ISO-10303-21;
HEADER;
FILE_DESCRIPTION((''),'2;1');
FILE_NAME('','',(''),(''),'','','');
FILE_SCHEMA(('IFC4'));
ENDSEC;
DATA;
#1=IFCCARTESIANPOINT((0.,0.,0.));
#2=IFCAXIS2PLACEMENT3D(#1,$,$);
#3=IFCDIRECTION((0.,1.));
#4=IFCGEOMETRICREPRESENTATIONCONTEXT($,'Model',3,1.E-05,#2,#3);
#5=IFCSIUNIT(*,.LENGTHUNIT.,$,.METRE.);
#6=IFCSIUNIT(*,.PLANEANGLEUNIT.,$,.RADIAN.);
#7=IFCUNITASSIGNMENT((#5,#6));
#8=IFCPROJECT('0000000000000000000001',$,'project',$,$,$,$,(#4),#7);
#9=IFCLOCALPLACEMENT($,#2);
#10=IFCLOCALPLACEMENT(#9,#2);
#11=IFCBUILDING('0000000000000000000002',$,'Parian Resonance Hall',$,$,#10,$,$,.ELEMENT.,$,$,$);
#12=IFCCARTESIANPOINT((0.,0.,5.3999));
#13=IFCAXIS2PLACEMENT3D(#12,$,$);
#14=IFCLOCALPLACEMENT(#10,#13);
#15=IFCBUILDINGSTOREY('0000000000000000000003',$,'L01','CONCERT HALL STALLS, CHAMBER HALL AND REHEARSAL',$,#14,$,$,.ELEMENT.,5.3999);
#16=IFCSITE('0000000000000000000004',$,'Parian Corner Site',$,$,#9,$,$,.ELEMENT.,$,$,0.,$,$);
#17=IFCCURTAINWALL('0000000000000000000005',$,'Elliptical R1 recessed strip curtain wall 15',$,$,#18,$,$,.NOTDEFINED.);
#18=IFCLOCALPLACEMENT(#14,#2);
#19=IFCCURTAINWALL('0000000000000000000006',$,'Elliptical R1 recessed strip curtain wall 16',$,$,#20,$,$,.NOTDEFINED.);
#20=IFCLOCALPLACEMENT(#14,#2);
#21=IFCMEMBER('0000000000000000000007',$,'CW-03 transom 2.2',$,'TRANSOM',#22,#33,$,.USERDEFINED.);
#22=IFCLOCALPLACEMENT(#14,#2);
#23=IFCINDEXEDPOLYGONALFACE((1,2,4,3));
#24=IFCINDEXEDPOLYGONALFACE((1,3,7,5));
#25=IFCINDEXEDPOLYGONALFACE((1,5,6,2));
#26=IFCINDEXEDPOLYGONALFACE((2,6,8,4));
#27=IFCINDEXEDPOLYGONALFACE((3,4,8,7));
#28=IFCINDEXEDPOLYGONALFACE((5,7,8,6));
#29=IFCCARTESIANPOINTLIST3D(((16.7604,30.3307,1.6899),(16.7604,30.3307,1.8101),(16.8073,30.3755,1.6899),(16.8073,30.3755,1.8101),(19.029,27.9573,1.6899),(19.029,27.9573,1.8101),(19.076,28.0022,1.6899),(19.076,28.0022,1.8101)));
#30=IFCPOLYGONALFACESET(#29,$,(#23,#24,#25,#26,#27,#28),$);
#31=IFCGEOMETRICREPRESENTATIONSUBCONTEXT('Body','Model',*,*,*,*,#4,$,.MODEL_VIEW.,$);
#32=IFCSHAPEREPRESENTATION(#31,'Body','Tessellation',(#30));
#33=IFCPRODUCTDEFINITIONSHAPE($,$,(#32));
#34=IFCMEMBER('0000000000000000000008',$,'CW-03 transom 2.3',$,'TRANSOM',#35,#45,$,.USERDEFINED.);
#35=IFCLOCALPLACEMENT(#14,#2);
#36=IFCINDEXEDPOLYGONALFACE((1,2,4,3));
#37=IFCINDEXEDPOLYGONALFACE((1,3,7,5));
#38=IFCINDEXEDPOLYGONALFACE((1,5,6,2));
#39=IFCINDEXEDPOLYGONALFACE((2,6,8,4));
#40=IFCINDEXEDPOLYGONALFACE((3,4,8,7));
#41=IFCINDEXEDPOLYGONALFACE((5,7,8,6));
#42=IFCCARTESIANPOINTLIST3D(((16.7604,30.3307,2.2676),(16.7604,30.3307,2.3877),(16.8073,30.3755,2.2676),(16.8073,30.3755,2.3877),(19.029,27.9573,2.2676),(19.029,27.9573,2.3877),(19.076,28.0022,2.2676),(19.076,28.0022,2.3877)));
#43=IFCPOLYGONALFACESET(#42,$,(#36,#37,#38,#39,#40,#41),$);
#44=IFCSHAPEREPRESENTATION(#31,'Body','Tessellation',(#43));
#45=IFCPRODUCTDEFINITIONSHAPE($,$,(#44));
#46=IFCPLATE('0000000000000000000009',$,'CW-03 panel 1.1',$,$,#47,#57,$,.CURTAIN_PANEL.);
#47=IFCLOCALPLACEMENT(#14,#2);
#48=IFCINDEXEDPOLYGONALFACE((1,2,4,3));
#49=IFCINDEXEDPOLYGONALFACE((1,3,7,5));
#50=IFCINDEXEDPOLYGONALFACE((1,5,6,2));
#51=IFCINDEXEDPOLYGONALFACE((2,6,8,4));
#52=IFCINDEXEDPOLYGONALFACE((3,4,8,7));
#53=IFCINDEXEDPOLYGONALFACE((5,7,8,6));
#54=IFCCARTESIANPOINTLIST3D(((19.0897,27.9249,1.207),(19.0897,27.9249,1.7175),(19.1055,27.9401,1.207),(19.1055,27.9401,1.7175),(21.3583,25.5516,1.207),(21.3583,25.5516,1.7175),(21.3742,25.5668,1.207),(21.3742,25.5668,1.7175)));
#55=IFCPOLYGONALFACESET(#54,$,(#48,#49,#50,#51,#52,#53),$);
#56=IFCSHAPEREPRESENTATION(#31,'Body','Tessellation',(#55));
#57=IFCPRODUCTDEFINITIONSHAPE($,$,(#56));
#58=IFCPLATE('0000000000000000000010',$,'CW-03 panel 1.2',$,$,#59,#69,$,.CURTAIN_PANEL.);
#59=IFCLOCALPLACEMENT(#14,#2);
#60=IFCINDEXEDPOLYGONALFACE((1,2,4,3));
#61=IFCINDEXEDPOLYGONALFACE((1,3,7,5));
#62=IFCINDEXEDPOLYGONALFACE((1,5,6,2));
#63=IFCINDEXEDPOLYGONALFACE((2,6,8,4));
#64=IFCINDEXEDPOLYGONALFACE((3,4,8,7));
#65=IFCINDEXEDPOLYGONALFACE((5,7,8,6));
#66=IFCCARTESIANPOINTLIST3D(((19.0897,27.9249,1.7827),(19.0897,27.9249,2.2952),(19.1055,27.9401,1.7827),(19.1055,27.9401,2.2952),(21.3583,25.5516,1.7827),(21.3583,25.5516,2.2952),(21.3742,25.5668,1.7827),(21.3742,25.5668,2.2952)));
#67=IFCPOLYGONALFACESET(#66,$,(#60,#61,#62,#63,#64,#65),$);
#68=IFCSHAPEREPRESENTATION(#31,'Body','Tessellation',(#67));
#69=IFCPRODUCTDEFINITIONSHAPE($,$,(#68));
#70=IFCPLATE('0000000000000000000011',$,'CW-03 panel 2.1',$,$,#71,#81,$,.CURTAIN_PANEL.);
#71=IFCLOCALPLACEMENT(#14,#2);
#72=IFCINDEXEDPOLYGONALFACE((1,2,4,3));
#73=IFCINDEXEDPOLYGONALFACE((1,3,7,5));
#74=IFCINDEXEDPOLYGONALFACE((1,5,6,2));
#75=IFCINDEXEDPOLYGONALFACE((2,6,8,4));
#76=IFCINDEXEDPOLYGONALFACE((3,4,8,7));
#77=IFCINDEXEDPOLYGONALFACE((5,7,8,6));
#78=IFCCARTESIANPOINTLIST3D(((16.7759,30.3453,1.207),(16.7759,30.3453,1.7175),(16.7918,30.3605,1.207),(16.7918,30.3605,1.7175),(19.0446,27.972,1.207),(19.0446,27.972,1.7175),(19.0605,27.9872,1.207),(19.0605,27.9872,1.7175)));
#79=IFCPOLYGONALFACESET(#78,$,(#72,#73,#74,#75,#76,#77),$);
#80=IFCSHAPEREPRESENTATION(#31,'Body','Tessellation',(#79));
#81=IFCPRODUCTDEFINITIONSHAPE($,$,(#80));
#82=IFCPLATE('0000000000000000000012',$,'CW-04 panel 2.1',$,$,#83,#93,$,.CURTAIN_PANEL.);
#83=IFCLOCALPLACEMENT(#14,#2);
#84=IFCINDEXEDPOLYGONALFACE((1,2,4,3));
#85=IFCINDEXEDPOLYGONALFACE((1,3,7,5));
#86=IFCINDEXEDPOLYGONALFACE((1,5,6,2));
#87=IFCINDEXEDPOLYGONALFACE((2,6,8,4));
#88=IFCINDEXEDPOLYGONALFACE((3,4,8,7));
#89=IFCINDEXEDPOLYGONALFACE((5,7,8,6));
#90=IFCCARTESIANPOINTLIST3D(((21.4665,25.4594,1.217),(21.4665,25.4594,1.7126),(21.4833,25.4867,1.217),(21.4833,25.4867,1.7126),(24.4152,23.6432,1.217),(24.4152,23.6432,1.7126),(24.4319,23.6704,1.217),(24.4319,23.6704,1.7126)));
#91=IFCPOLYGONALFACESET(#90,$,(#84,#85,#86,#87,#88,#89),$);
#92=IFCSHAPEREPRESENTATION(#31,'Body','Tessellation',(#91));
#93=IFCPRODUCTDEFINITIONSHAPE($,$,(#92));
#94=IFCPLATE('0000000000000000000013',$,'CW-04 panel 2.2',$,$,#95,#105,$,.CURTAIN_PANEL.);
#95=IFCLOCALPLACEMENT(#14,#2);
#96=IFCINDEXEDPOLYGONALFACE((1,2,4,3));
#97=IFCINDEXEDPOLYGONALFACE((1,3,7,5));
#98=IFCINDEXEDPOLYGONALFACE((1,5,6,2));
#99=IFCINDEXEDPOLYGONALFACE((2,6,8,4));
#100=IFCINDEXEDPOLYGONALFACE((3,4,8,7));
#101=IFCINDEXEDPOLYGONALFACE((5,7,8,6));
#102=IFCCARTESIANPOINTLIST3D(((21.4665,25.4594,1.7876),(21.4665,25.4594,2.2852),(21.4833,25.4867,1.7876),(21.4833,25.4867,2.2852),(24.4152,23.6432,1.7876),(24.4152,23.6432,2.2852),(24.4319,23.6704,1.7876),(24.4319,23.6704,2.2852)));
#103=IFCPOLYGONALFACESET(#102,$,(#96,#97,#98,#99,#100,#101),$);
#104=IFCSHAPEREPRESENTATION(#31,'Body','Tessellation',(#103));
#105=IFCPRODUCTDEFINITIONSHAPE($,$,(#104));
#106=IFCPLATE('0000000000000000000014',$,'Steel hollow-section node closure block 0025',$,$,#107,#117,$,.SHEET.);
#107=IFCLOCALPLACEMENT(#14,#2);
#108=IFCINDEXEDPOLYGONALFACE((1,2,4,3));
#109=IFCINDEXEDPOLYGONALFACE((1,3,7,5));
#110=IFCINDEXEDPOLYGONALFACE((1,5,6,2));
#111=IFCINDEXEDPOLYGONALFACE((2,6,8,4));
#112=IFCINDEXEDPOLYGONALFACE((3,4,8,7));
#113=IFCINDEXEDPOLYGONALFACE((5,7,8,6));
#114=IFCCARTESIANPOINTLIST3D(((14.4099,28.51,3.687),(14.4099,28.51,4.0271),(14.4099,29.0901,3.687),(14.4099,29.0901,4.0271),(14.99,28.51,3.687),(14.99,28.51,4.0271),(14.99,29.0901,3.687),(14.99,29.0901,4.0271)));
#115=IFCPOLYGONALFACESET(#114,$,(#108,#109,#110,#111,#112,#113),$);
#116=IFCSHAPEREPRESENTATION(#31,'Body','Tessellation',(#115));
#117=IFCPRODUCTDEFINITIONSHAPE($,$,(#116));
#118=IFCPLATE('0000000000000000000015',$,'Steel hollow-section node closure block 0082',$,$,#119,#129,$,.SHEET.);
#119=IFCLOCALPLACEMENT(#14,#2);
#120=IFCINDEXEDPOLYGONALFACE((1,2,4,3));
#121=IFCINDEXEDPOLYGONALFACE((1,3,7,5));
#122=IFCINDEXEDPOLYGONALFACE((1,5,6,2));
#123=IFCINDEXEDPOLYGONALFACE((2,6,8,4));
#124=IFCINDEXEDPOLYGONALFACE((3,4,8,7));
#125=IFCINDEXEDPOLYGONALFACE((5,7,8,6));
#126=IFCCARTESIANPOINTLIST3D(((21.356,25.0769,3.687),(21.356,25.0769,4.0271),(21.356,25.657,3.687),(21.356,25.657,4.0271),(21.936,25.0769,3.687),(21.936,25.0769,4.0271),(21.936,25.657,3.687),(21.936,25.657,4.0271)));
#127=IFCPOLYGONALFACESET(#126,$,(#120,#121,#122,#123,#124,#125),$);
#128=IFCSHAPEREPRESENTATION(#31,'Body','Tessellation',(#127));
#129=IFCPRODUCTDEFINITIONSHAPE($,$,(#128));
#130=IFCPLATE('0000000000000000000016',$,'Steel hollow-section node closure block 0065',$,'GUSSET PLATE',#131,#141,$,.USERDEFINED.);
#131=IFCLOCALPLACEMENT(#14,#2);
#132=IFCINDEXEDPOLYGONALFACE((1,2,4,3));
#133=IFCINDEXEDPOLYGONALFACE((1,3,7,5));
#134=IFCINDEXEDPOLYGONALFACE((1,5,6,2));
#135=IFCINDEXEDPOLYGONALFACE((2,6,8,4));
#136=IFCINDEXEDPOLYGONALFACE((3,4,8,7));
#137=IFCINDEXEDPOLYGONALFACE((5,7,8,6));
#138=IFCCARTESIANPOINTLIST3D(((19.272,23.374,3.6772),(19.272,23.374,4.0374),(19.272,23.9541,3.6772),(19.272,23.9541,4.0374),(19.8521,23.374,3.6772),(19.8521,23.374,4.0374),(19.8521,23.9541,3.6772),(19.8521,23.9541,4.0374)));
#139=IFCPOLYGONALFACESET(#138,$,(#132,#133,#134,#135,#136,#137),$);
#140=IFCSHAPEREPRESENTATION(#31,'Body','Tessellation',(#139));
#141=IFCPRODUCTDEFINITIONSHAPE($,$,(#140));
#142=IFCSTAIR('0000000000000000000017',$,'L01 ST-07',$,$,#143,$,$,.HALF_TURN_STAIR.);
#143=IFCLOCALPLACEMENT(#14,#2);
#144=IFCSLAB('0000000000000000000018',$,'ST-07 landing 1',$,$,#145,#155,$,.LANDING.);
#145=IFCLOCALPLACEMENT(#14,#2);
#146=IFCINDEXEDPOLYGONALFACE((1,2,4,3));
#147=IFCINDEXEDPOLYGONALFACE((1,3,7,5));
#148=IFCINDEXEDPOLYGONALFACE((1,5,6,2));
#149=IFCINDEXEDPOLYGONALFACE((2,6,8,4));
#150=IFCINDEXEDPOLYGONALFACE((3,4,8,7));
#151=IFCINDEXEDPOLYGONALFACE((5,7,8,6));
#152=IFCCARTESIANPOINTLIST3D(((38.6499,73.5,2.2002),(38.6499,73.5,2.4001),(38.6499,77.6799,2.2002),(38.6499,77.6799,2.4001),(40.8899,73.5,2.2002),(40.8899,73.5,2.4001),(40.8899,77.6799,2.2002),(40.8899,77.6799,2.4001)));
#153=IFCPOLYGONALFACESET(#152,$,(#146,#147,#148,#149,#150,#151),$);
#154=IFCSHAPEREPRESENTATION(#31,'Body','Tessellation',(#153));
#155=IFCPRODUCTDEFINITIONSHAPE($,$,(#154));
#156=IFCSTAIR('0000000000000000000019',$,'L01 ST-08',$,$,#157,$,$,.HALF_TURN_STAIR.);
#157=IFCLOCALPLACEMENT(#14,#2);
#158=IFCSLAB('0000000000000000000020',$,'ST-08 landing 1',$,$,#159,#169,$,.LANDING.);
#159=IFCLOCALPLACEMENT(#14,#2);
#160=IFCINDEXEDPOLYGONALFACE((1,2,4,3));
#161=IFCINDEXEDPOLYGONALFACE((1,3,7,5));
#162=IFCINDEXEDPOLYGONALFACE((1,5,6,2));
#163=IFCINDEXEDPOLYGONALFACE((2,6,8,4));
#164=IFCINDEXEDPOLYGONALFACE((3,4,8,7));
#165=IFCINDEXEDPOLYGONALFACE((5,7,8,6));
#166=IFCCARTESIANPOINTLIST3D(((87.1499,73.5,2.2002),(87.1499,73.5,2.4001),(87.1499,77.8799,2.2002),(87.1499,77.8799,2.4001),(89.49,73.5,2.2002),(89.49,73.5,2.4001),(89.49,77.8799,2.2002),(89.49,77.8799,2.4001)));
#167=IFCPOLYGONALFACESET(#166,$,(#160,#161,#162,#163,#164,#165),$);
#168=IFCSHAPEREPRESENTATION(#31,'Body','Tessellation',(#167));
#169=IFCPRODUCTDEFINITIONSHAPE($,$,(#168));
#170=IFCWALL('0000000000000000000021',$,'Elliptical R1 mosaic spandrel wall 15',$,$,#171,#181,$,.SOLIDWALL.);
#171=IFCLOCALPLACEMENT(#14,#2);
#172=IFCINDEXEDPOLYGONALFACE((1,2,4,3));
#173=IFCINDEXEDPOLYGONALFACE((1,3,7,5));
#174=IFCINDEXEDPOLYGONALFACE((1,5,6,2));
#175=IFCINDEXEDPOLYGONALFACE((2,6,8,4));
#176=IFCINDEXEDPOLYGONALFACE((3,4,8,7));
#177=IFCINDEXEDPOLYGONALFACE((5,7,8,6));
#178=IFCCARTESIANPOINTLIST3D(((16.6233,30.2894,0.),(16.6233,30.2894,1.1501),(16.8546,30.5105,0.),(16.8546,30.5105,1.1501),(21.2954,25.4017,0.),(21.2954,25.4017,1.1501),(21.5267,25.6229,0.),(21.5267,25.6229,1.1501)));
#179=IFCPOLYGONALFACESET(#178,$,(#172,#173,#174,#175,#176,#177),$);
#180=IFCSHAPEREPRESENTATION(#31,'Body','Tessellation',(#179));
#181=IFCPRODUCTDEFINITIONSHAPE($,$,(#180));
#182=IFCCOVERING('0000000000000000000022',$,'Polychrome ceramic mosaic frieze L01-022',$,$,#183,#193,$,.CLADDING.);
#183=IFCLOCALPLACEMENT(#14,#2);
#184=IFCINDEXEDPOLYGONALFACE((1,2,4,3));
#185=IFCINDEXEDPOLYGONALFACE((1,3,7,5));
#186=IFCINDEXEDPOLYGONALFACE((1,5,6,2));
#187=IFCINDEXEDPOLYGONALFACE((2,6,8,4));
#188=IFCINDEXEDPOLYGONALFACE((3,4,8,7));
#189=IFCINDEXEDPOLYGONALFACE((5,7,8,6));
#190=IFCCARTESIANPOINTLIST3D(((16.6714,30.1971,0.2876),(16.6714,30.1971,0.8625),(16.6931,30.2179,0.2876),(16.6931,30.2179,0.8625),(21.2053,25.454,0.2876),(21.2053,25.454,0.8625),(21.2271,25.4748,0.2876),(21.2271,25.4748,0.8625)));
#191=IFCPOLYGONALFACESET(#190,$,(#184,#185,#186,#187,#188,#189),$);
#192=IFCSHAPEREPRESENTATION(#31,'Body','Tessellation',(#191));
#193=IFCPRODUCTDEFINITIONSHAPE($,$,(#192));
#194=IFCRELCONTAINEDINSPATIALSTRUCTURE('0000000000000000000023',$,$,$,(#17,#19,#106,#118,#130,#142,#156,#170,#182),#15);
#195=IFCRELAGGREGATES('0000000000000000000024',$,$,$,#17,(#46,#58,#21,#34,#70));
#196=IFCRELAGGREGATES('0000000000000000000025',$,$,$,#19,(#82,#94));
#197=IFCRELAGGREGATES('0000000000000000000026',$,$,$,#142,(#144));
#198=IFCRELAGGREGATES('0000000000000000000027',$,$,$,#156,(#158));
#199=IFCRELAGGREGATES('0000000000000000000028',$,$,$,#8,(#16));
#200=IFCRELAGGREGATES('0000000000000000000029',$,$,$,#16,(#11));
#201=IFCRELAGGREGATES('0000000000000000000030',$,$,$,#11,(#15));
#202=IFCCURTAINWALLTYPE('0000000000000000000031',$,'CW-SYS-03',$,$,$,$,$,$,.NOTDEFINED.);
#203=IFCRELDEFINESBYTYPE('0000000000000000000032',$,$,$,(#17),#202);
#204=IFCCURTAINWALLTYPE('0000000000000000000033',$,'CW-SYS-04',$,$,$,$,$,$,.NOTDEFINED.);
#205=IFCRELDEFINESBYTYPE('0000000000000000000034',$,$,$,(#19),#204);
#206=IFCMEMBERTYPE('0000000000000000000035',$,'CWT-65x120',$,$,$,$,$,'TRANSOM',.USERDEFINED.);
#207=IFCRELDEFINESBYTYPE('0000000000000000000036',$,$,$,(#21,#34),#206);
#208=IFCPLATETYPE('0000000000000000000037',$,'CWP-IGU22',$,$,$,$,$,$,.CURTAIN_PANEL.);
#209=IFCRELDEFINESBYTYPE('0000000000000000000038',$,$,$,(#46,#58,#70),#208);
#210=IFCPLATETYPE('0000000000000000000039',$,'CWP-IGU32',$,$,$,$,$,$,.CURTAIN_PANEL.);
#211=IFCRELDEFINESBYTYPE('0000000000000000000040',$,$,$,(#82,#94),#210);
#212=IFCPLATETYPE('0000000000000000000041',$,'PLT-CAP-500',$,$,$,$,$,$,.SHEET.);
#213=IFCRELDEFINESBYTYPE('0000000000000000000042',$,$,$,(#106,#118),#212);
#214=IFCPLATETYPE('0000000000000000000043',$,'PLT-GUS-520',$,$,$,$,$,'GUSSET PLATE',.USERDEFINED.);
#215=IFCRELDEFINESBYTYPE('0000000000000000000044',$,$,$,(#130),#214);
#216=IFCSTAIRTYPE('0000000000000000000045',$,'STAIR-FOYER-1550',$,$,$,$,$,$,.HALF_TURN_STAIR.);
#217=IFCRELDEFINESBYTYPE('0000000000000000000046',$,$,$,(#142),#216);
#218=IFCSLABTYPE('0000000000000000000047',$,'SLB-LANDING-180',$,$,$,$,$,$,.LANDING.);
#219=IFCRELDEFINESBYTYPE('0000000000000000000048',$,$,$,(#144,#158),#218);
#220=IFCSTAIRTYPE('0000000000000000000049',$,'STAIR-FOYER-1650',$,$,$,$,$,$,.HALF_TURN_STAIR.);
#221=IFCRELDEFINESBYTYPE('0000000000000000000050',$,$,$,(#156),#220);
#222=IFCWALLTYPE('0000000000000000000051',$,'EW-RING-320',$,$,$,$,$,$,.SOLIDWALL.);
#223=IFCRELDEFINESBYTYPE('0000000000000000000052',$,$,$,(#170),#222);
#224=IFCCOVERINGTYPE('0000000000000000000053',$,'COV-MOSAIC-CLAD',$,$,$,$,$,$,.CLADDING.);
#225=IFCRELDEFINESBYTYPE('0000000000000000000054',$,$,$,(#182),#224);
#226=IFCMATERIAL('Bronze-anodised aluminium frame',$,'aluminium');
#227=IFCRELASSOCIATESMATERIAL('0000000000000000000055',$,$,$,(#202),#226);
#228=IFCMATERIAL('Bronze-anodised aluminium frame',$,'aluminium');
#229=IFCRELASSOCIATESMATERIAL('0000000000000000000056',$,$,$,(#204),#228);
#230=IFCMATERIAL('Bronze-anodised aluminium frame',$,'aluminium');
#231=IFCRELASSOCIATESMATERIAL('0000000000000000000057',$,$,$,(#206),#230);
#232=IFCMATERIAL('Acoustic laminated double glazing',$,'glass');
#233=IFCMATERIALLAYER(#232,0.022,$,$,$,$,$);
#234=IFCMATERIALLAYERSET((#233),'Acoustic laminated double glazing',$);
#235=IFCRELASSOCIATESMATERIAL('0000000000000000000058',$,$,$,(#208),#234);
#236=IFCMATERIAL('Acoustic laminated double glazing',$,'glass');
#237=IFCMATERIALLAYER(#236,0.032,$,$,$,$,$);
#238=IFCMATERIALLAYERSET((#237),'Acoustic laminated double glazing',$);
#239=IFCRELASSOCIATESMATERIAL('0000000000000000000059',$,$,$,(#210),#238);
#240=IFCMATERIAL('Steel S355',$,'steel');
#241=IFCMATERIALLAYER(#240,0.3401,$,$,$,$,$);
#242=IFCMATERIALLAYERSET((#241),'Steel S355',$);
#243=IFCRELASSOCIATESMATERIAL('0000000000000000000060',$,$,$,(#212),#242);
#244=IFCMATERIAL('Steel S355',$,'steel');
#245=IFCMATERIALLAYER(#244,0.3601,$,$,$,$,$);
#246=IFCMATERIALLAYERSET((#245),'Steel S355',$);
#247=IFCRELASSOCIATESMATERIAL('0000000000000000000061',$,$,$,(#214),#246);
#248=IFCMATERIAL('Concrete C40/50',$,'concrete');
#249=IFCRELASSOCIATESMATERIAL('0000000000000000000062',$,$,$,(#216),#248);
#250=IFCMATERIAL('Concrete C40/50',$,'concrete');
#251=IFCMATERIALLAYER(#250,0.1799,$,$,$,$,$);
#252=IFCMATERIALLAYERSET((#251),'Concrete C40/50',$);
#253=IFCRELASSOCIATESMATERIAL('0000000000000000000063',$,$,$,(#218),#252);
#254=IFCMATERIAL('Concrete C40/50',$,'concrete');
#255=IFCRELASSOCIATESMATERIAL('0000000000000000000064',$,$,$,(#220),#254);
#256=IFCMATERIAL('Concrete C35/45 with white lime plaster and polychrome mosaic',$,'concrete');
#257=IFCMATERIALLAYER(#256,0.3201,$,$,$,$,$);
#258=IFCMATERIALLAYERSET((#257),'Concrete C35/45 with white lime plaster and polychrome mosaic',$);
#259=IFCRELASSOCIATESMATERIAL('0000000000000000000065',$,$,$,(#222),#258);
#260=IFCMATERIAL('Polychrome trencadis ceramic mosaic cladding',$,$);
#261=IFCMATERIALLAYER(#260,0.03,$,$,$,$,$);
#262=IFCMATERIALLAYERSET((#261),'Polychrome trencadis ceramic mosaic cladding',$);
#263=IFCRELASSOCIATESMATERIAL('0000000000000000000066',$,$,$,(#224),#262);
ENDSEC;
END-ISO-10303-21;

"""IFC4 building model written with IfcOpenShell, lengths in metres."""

from ifc_helpers import new_model, si_unit, direction, frame, frame_2d, origin, origin_2d, place, context, subcontext, project, spatial, polyline, rectangle, outline, extrude, material, layer, layer_set, material_profile, profile_set, type_object, element, aggregate, save


model = new_model("IFC4")

# Units and contexts
model_context = context("Model", 3, precision=1e-05, world=origin(), true_north=direction((0.0, 1.0)))
body_context = subcontext(model_context, "Body", "Model", "MODEL_VIEW")
ifc_project = project(units=[si_unit("LENGTHUNIT", "METRE"), si_unit("PLANEANGLEUNIT", "RADIAN")], contexts=[model_context])

# Site, building, storey
site_placement = place(None, origin())
site = spatial("IfcSite", under=ifc_project, at=site_placement, Name="Parian Corner Site", CompositionType="ELEMENT", RefElevation=0.0)
building_placement = place(site_placement, origin())
building = spatial("IfcBuilding", under=site, at=building_placement, Name="Parian Resonance Hall", CompositionType="ELEMENT")
storey_placement = place(building_placement, frame((0.0, 0.0, 5.3999)))
storey = spatial("IfcBuildingStorey", under=building, at=storey_placement, Name="L01", Description="CONCERT HALL STALLS, CHAMBER HALL AND REHEARSAL", CompositionType="ELEMENT", Elevation=5.3999)

# Curtain wall
ifc_material_1 = material(Name="Bronze-anodised aluminium frame", Category="aluminium")
curtain_wall_type_1 = type_object("IfcCurtainWallType", Name="CW-SYS-03", PredefinedType="NOTDEFINED", material=ifc_material_1)
curtain_wall_1_placement = place(storey_placement, origin())
curtain_wall_1 = element("IfcCurtainWall", 1, at=curtain_wall_1_placement, inside=storey, type_object=curtain_wall_type_1, Name="Elliptical R1 recessed strip curtain wall 15", PredefinedType="NOTDEFINED")

# Curtain wall
ifc_material_2 = material(Name="Bronze-anodised aluminium frame", Category="aluminium")
curtain_wall_type_2 = type_object("IfcCurtainWallType", Name="CW-SYS-04", PredefinedType="NOTDEFINED", material=ifc_material_2)
curtain_wall_2_placement = place(storey_placement, origin())
curtain_wall_2 = element("IfcCurtainWall", 2, at=curtain_wall_2_placement, inside=storey, type_object=curtain_wall_type_2, Name="Elliptical R1 recessed strip curtain wall 16", PredefinedType="NOTDEFINED")

# Members
ifc_material_3 = material(Name="Bronze-anodised aluminium frame", Category="aluminium")
ifc_material_profile_1 = material_profile(ifc_material_3, rectangle(XDim=0.0649, YDim=0.1201, at=origin_2d()), Name="CWT-65x120")
ifc_profile_set_1 = profile_set([ifc_material_profile_1], Name="Bronze-anodised aluminium frame")
member_type_1 = type_object("IfcMemberType", Name="CWT-65x120", ElementType="TRANSOM", PredefinedType="USERDEFINED", material=ifc_profile_set_1)
member_1_placement = place(storey_placement, frame((19.0525, 27.9797, 1.75), z_axis=(-0.690976, 0.722878, 0.0), x_axis=(-0.722878, -0.690976, 0.0)))
member_1 = element("IfcMember", 3, at=member_1_placement, type_object=member_type_1, Name="CW-03 transom 2.2", ObjectType="TRANSOM", PredefinedType="USERDEFINED", context=body_context, shape_type="SweptSolid", body=[
    extrude(rectangle(XDim=0.0649, YDim=0.1201, at=origin_2d()), origin(), (0.0, 0.0, 1.0), 3.2832),
])
member_2_placement = place(storey_placement, frame((19.0525, 27.9797, 2.3276), z_axis=(-0.690976, 0.722878, 0.0), x_axis=(-0.722878, -0.690976, 0.0)))
member_2 = element("IfcMember", 4, at=member_2_placement, type_object=member_type_1, Name="CW-03 transom 2.3", ObjectType="TRANSOM", PredefinedType="USERDEFINED", context=body_context, shape_type="SweptSolid", body=[
    extrude(rectangle(XDim=0.0649, YDim=0.1201, at=origin_2d()), origin(), (0.0, 0.0, 1.0), 3.2832),
])

# Plates
ifc_material_4 = material(Name="Acoustic laminated double glazing", Category="glass")
ifc_layer_1 = layer(ifc_material_4, 0.022)
ifc_layer_set_1 = layer_set([ifc_layer_1], Name="Acoustic laminated double glazing")
plate_type_1 = type_object("IfcPlateType", Name="CWP-IGU22", PredefinedType="CURTAIN_PANEL", material=ifc_layer_set_1)
plate_1_placement = place(storey_placement, frame((20.2319, 26.7458, 1.207), z_axis=(0.0, 0.0, 1.0), x_axis=(-0.690992, 0.722863, 0.0)))
plate_1 = element("IfcPlate", 5, at=plate_1_placement, type_object=plate_type_1, Name="CW-03 panel 1.1", PredefinedType="CURTAIN_PANEL", context=body_context, shape_type="SweptSolid", body=[
    extrude(rectangle(XDim=3.2832, YDim=0.022, at=origin_2d()), origin(), (0.0, 0.0, 1.0), 0.5105),
])
plate_2_placement = place(storey_placement, frame((20.2319, 26.7458, 1.7827), z_axis=(0.0, 0.0, 1.0), x_axis=(-0.690992, 0.722863, 0.0)))
plate_2 = element("IfcPlate", 6, at=plate_2_placement, type_object=plate_type_1, Name="CW-03 panel 1.2", PredefinedType="CURTAIN_PANEL", context=body_context, shape_type="SweptSolid", body=[
    extrude(rectangle(XDim=3.2832, YDim=0.022, at=origin_2d()), origin(), (0.0, 0.0, 1.0), 0.5125),
])
plate_3_placement = place(storey_placement, frame((17.9182, 29.1663, 1.207), z_axis=(0.0, 0.0, 1.0), x_axis=(-0.690992, 0.722863, 0.0)))
plate_3 = element("IfcPlate", 7, at=plate_3_placement, type_object=plate_type_1, Name="CW-03 panel 2.1", PredefinedType="CURTAIN_PANEL", context=body_context, shape_type="SweptSolid", body=[
    extrude(rectangle(XDim=3.2832, YDim=0.022, at=origin_2d()), origin(), (0.0, 0.0, 1.0), 0.5105),
])
aggregate(curtain_wall_1, [plate_1, plate_2, member_1, member_2, plate_3])
ifc_material_5 = material(Name="Acoustic laminated double glazing", Category="glass")
ifc_layer_2 = layer(ifc_material_5, 0.032)
ifc_layer_set_2 = layer_set([ifc_layer_2], Name="Acoustic laminated double glazing")
plate_type_2 = type_object("IfcPlateType", Name="CWP-IGU32", PredefinedType="CURTAIN_PANEL", material=ifc_layer_set_2)
plate_4_placement = place(storey_placement, frame((22.9492, 24.5649, 1.217), z_axis=(0.0, 0.0, 1.0), x_axis=(-0.851441, 0.524451, 0.0)))
plate_4 = element("IfcPlate", 8, at=plate_4_placement, type_object=plate_type_2, Name="CW-04 panel 2.1", PredefinedType="CURTAIN_PANEL", context=body_context, shape_type="SweptSolid", body=[
    extrude(rectangle(XDim=3.4631, YDim=0.032, at=origin_2d()), origin(), (0.0, 0.0, 1.0), 0.4956),
])
plate_5_placement = place(storey_placement, frame((22.9492, 24.5649, 1.7876), z_axis=(0.0, 0.0, 1.0), x_axis=(-0.851441, 0.524451, 0.0)))
plate_5 = element("IfcPlate", 9, at=plate_5_placement, type_object=plate_type_2, Name="CW-04 panel 2.2", PredefinedType="CURTAIN_PANEL", context=body_context, shape_type="SweptSolid", body=[
    extrude(rectangle(XDim=3.4631, YDim=0.032, at=origin_2d()), origin(), (0.0, 0.0, 1.0), 0.4976),
])
aggregate(curtain_wall_2, [plate_4, plate_5])

# Plates
ifc_material_6 = material(Name="Steel S355", Category="steel")
ifc_layer_3 = layer(ifc_material_6, 0.3401)
ifc_layer_set_3 = layer_set([ifc_layer_3], Name="Steel S355")
plate_type_3 = type_object("IfcPlateType", Name="PLT-CAP-500", PredefinedType="SHEET", material=ifc_layer_set_3)
for number, where, z_axis, x_axis, name in (
    (10, (14.7, 28.8, 3.687), (0.0, 0.0, 1.0), (1.0, 0.0, 0.0), "Steel hollow-section node closure block 0025"),
    (11, (21.646, 25.3669, 3.687), (0.0, 0.0, 1.0), (1.0, 0.0, 0.0), "Steel hollow-section node closure block 0082"),
):
    element("IfcPlate", number, at=place(storey_placement, frame(where, z_axis=z_axis, x_axis=x_axis)), inside=storey, type_object=plate_type_3, Name=name, PredefinedType="SHEET", context=body_context, shape_type="SweptSolid", body=[
        extrude(rectangle(XDim=0.5801, YDim=0.5801, at=origin_2d()), origin(), (0.0, 0.0, 1.0), 0.3401),
    ])
ifc_material_7 = material(Name="Steel S355", Category="steel")
ifc_layer_4 = layer(ifc_material_7, 0.3601)
ifc_layer_set_4 = layer_set([ifc_layer_4], Name="Steel S355")
plate_type_4 = type_object("IfcPlateType", Name="PLT-GUS-520", ElementType="GUSSET PLATE", PredefinedType="USERDEFINED", material=ifc_layer_set_4)
plate_6_placement = place(storey_placement, frame((19.562, 23.6641, 3.6772), z_axis=(0.0, 0.0, 1.0), x_axis=(1.0, 0.0, 0.0)))
element("IfcPlate", 12, at=plate_6_placement, inside=storey, type_object=plate_type_4, Name="Steel hollow-section node closure block 0065", ObjectType="GUSSET PLATE", PredefinedType="USERDEFINED", context=body_context, shape_type="SweptSolid", body=[
    extrude(rectangle(XDim=0.5801, YDim=0.5801, at=origin_2d()), origin(), (0.0, 0.0, 1.0), 0.3601),
])

# Stairs, slabs
ifc_material_8 = material(Name="Concrete C40/50", Category="concrete")
stair_type_1 = type_object("IfcStairType", Name="STAIR-FOYER-1550", PredefinedType="HALF_TURN_STAIR", material=ifc_material_8)
stair_1_placement = place(storey_placement, origin())
stair_1 = element("IfcStair", 13, at=stair_1_placement, inside=storey, type_object=stair_type_1, Name="L01 ST-07", PredefinedType="HALF_TURN_STAIR")
ifc_material_9 = material(Name="Concrete C40/50", Category="concrete")
ifc_layer_5 = layer(ifc_material_9, 0.1799)
ifc_layer_set_5 = layer_set([ifc_layer_5], Name="Concrete C40/50")
slab_type = type_object("IfcSlabType", Name="SLB-LANDING-180", PredefinedType="LANDING", material=ifc_layer_set_5)
slab_1_placement = place(storey_placement, frame((0.0, 0.0, 2.2002)))
slab_1 = element("IfcSlab", 14, at=slab_1_placement, type_object=slab_type, Name="ST-07 landing 1", PredefinedType="LANDING", context=body_context, shape_type="SweptSolid", body=[
    extrude(outline(polyline([(38.6499, 73.5), (40.8899, 73.5), (40.8899, 77.6799), (38.6499, 77.6799), (38.6499, 73.5)])), origin(), (0.0, 0.0, 1.0), 0.2),
])
aggregate(stair_1, [slab_1])
ifc_material_10 = material(Name="Concrete C40/50", Category="concrete")
stair_type_2 = type_object("IfcStairType", Name="STAIR-FOYER-1650", PredefinedType="HALF_TURN_STAIR", material=ifc_material_10)
stair_2_placement = place(storey_placement, origin())
stair_2 = element("IfcStair", 15, at=stair_2_placement, inside=storey, type_object=stair_type_2, Name="L01 ST-08", PredefinedType="HALF_TURN_STAIR")
slab_2_placement = place(storey_placement, frame((0.0, 0.0, 2.2002)))
slab_2 = element("IfcSlab", 16, at=slab_2_placement, type_object=slab_type, Name="ST-08 landing 1", PredefinedType="LANDING", context=body_context, shape_type="SweptSolid", body=[
    extrude(outline(polyline([(87.1499, 73.5), (89.49, 73.5), (89.49, 77.8799), (87.1499, 77.8799), (87.1499, 73.5)])), origin(), (0.0, 0.0, 1.0), 0.2),
])
aggregate(stair_2, [slab_2])

# Wall
ifc_material_11 = material(Name="Concrete C35/45 with white lime plaster and polychrome mosaic", Category="concrete")
ifc_layer_6 = layer(ifc_material_11, 0.3201)
ifc_layer_set_6 = layer_set([ifc_layer_6], Name="Concrete C35/45 with white lime plaster and polychrome mosaic")
wall_type = type_object("IfcWallType", Name="EW-RING-320", PredefinedType="SOLIDWALL", material=ifc_layer_set_6)
wall_placement = place(storey_placement, frame((21.4111, 25.5122, 0.0), z_axis=(0.0, 0.0, 1.0), x_axis=(-0.690986, 0.722868, 0.0)))
element("IfcWall", 17, at=wall_placement, inside=storey, type_object=wall_type, Name="Elliptical R1 mosaic spandrel wall 15", PredefinedType="SOLIDWALL", context=body_context, shape_type="SweptSolid", body=[
    extrude(rectangle(XDim=6.7615, YDim=0.3201, at=frame_2d((3.3809, 0.0))), origin(), (0.0, 0.0, 1.0), 1.1501),
])

# Covering
ifc_material_12 = material(Name="Polychrome trencadis ceramic mosaic cladding")
ifc_layer_7 = layer(ifc_material_12, 0.03)
ifc_layer_set_7 = layer_set([ifc_layer_7], Name="Polychrome trencadis ceramic mosaic cladding")
covering_type = type_object("IfcCoveringType", Name="COV-MOSAIC-CLAD", PredefinedType="CLADDING", material=ifc_layer_set_7)
covering_1_placement = place(storey_placement, frame((18.9492, 27.8359, 0.2876), z_axis=(0.0, 0.0, 1.0), x_axis=(-0.690992, 0.722862, 0.0)))
element("IfcCovering", 18, at=covering_1_placement, inside=storey, type_object=covering_type, Name="Polychrome ceramic mosaic frieze L01-022", PredefinedType="CLADDING", context=body_context, shape_type="SweptSolid", body=[
    extrude(rectangle(XDim=6.5615, YDim=0.03, at=origin_2d()), origin(), (0.0, 0.0, 1.0), 0.575),
])

save(model, "model.ifc")
